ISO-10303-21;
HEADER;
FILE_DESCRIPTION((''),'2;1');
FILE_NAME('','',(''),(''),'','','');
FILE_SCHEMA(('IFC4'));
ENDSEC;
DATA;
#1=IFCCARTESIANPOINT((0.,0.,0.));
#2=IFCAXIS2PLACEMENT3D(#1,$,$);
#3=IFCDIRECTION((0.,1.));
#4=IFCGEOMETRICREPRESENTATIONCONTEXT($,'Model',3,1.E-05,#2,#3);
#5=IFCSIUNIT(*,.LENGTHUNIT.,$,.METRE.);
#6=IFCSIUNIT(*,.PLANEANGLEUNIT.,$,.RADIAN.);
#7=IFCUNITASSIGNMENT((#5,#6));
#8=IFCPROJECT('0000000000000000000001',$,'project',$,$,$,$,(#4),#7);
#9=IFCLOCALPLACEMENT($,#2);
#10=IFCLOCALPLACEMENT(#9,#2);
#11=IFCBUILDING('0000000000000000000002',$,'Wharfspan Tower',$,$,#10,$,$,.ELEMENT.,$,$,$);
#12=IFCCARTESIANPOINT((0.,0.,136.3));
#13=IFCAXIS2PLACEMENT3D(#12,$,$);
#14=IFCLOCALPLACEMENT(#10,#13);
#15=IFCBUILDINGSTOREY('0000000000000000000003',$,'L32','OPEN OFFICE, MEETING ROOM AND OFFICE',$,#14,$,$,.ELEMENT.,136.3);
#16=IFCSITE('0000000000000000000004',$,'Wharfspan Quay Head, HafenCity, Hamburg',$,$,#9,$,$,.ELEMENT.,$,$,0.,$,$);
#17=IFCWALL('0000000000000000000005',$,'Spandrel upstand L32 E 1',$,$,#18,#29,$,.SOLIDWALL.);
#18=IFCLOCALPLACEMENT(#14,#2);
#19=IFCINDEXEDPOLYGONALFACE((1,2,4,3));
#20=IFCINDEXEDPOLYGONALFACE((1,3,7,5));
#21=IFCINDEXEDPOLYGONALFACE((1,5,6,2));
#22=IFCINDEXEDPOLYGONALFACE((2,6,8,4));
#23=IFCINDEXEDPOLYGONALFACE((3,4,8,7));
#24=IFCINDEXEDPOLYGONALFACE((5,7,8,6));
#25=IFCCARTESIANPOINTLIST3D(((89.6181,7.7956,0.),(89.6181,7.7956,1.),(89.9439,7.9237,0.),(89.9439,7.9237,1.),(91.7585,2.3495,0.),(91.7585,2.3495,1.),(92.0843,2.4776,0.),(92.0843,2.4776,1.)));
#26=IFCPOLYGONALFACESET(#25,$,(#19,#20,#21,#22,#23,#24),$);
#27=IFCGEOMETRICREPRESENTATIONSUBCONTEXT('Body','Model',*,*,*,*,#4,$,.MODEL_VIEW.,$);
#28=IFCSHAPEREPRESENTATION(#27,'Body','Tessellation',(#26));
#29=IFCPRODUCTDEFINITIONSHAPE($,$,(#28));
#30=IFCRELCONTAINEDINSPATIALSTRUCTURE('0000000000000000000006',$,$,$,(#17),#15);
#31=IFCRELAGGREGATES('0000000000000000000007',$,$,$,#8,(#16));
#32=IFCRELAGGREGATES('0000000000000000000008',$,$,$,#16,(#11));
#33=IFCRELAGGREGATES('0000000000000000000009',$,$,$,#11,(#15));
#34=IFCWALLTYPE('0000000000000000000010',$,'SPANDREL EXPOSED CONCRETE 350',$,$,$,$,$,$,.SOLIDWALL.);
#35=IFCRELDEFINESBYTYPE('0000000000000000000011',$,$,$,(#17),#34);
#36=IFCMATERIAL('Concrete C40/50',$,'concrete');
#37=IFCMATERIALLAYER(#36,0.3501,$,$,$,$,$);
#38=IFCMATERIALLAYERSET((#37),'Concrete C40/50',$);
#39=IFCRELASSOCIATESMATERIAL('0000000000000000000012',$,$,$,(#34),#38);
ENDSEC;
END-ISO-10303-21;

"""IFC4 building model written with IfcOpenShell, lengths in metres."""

from ifc_helpers import new_model, si_unit, direction, frame, frame_2d, origin, place, context, subcontext, project, spatial, rectangle, extrude, material, layer, layer_set, type_object, element, save


model = new_model("IFC4")

# Units and contexts
model_context = context("Model", 3, precision=1e-05, world=origin(), true_north=direction((0.0, 1.0)))
body_context = subcontext(model_context, "Body", "Model", "MODEL_VIEW")
ifc_project = project(units=[si_unit("LENGTHUNIT", "METRE"), si_unit("PLANEANGLEUNIT", "RADIAN")], contexts=[model_context])

# Site, building, storey
site_placement = place(None, origin())
site = spatial("IfcSite", under=ifc_project, at=site_placement, Name="Wharfspan Quay Head, HafenCity, Hamburg", CompositionType="ELEMENT", RefElevation=0.0)
building_placement = place(site_placement, origin())
building = spatial("IfcBuilding", under=site, at=building_placement, Name="Wharfspan Tower", CompositionType="ELEMENT")
storey_placement = place(building_placement, frame((0.0, 0.0, 136.3)))
storey = spatial("IfcBuildingStorey", under=building, at=storey_placement, Name="L32", Description="OPEN OFFICE, MEETING ROOM AND OFFICE", CompositionType="ELEMENT", Elevation=136.3)

# Wall
ifc_material_1 = material(Name="Concrete C40/50", Category="concrete")
ifc_layer_1 = layer(ifc_material_1, 0.3501)
ifc_layer_set_1 = layer_set([ifc_layer_1], Name="Concrete C40/50")
wall_type_1 = type_object("IfcWallType", Name="SPANDREL EXPOSED CONCRETE 350", PredefinedType="SOLIDWALL", material=ifc_layer_set_1)
wall_1_placement = place(storey_placement, frame((91.9214, 2.4136, 0.0), z_axis=(0.0, 0.0, 1.0), x_axis=(-0.36578, 0.930701, 0.0)))
element("IfcWall", 1, at=wall_1_placement, inside=storey, type_object=wall_type_1, Name="Spandrel upstand L32 E 1", PredefinedType="SOLIDWALL", context=body_context, shape_type="SweptSolid", body=[
    extrude(rectangle(XDim=5.8516, YDim=0.3501, at=frame_2d((2.9258, 0.0))), origin(), (0.0, 0.0, 1.0), 1.0),
])

save(model, "model.ifc")
